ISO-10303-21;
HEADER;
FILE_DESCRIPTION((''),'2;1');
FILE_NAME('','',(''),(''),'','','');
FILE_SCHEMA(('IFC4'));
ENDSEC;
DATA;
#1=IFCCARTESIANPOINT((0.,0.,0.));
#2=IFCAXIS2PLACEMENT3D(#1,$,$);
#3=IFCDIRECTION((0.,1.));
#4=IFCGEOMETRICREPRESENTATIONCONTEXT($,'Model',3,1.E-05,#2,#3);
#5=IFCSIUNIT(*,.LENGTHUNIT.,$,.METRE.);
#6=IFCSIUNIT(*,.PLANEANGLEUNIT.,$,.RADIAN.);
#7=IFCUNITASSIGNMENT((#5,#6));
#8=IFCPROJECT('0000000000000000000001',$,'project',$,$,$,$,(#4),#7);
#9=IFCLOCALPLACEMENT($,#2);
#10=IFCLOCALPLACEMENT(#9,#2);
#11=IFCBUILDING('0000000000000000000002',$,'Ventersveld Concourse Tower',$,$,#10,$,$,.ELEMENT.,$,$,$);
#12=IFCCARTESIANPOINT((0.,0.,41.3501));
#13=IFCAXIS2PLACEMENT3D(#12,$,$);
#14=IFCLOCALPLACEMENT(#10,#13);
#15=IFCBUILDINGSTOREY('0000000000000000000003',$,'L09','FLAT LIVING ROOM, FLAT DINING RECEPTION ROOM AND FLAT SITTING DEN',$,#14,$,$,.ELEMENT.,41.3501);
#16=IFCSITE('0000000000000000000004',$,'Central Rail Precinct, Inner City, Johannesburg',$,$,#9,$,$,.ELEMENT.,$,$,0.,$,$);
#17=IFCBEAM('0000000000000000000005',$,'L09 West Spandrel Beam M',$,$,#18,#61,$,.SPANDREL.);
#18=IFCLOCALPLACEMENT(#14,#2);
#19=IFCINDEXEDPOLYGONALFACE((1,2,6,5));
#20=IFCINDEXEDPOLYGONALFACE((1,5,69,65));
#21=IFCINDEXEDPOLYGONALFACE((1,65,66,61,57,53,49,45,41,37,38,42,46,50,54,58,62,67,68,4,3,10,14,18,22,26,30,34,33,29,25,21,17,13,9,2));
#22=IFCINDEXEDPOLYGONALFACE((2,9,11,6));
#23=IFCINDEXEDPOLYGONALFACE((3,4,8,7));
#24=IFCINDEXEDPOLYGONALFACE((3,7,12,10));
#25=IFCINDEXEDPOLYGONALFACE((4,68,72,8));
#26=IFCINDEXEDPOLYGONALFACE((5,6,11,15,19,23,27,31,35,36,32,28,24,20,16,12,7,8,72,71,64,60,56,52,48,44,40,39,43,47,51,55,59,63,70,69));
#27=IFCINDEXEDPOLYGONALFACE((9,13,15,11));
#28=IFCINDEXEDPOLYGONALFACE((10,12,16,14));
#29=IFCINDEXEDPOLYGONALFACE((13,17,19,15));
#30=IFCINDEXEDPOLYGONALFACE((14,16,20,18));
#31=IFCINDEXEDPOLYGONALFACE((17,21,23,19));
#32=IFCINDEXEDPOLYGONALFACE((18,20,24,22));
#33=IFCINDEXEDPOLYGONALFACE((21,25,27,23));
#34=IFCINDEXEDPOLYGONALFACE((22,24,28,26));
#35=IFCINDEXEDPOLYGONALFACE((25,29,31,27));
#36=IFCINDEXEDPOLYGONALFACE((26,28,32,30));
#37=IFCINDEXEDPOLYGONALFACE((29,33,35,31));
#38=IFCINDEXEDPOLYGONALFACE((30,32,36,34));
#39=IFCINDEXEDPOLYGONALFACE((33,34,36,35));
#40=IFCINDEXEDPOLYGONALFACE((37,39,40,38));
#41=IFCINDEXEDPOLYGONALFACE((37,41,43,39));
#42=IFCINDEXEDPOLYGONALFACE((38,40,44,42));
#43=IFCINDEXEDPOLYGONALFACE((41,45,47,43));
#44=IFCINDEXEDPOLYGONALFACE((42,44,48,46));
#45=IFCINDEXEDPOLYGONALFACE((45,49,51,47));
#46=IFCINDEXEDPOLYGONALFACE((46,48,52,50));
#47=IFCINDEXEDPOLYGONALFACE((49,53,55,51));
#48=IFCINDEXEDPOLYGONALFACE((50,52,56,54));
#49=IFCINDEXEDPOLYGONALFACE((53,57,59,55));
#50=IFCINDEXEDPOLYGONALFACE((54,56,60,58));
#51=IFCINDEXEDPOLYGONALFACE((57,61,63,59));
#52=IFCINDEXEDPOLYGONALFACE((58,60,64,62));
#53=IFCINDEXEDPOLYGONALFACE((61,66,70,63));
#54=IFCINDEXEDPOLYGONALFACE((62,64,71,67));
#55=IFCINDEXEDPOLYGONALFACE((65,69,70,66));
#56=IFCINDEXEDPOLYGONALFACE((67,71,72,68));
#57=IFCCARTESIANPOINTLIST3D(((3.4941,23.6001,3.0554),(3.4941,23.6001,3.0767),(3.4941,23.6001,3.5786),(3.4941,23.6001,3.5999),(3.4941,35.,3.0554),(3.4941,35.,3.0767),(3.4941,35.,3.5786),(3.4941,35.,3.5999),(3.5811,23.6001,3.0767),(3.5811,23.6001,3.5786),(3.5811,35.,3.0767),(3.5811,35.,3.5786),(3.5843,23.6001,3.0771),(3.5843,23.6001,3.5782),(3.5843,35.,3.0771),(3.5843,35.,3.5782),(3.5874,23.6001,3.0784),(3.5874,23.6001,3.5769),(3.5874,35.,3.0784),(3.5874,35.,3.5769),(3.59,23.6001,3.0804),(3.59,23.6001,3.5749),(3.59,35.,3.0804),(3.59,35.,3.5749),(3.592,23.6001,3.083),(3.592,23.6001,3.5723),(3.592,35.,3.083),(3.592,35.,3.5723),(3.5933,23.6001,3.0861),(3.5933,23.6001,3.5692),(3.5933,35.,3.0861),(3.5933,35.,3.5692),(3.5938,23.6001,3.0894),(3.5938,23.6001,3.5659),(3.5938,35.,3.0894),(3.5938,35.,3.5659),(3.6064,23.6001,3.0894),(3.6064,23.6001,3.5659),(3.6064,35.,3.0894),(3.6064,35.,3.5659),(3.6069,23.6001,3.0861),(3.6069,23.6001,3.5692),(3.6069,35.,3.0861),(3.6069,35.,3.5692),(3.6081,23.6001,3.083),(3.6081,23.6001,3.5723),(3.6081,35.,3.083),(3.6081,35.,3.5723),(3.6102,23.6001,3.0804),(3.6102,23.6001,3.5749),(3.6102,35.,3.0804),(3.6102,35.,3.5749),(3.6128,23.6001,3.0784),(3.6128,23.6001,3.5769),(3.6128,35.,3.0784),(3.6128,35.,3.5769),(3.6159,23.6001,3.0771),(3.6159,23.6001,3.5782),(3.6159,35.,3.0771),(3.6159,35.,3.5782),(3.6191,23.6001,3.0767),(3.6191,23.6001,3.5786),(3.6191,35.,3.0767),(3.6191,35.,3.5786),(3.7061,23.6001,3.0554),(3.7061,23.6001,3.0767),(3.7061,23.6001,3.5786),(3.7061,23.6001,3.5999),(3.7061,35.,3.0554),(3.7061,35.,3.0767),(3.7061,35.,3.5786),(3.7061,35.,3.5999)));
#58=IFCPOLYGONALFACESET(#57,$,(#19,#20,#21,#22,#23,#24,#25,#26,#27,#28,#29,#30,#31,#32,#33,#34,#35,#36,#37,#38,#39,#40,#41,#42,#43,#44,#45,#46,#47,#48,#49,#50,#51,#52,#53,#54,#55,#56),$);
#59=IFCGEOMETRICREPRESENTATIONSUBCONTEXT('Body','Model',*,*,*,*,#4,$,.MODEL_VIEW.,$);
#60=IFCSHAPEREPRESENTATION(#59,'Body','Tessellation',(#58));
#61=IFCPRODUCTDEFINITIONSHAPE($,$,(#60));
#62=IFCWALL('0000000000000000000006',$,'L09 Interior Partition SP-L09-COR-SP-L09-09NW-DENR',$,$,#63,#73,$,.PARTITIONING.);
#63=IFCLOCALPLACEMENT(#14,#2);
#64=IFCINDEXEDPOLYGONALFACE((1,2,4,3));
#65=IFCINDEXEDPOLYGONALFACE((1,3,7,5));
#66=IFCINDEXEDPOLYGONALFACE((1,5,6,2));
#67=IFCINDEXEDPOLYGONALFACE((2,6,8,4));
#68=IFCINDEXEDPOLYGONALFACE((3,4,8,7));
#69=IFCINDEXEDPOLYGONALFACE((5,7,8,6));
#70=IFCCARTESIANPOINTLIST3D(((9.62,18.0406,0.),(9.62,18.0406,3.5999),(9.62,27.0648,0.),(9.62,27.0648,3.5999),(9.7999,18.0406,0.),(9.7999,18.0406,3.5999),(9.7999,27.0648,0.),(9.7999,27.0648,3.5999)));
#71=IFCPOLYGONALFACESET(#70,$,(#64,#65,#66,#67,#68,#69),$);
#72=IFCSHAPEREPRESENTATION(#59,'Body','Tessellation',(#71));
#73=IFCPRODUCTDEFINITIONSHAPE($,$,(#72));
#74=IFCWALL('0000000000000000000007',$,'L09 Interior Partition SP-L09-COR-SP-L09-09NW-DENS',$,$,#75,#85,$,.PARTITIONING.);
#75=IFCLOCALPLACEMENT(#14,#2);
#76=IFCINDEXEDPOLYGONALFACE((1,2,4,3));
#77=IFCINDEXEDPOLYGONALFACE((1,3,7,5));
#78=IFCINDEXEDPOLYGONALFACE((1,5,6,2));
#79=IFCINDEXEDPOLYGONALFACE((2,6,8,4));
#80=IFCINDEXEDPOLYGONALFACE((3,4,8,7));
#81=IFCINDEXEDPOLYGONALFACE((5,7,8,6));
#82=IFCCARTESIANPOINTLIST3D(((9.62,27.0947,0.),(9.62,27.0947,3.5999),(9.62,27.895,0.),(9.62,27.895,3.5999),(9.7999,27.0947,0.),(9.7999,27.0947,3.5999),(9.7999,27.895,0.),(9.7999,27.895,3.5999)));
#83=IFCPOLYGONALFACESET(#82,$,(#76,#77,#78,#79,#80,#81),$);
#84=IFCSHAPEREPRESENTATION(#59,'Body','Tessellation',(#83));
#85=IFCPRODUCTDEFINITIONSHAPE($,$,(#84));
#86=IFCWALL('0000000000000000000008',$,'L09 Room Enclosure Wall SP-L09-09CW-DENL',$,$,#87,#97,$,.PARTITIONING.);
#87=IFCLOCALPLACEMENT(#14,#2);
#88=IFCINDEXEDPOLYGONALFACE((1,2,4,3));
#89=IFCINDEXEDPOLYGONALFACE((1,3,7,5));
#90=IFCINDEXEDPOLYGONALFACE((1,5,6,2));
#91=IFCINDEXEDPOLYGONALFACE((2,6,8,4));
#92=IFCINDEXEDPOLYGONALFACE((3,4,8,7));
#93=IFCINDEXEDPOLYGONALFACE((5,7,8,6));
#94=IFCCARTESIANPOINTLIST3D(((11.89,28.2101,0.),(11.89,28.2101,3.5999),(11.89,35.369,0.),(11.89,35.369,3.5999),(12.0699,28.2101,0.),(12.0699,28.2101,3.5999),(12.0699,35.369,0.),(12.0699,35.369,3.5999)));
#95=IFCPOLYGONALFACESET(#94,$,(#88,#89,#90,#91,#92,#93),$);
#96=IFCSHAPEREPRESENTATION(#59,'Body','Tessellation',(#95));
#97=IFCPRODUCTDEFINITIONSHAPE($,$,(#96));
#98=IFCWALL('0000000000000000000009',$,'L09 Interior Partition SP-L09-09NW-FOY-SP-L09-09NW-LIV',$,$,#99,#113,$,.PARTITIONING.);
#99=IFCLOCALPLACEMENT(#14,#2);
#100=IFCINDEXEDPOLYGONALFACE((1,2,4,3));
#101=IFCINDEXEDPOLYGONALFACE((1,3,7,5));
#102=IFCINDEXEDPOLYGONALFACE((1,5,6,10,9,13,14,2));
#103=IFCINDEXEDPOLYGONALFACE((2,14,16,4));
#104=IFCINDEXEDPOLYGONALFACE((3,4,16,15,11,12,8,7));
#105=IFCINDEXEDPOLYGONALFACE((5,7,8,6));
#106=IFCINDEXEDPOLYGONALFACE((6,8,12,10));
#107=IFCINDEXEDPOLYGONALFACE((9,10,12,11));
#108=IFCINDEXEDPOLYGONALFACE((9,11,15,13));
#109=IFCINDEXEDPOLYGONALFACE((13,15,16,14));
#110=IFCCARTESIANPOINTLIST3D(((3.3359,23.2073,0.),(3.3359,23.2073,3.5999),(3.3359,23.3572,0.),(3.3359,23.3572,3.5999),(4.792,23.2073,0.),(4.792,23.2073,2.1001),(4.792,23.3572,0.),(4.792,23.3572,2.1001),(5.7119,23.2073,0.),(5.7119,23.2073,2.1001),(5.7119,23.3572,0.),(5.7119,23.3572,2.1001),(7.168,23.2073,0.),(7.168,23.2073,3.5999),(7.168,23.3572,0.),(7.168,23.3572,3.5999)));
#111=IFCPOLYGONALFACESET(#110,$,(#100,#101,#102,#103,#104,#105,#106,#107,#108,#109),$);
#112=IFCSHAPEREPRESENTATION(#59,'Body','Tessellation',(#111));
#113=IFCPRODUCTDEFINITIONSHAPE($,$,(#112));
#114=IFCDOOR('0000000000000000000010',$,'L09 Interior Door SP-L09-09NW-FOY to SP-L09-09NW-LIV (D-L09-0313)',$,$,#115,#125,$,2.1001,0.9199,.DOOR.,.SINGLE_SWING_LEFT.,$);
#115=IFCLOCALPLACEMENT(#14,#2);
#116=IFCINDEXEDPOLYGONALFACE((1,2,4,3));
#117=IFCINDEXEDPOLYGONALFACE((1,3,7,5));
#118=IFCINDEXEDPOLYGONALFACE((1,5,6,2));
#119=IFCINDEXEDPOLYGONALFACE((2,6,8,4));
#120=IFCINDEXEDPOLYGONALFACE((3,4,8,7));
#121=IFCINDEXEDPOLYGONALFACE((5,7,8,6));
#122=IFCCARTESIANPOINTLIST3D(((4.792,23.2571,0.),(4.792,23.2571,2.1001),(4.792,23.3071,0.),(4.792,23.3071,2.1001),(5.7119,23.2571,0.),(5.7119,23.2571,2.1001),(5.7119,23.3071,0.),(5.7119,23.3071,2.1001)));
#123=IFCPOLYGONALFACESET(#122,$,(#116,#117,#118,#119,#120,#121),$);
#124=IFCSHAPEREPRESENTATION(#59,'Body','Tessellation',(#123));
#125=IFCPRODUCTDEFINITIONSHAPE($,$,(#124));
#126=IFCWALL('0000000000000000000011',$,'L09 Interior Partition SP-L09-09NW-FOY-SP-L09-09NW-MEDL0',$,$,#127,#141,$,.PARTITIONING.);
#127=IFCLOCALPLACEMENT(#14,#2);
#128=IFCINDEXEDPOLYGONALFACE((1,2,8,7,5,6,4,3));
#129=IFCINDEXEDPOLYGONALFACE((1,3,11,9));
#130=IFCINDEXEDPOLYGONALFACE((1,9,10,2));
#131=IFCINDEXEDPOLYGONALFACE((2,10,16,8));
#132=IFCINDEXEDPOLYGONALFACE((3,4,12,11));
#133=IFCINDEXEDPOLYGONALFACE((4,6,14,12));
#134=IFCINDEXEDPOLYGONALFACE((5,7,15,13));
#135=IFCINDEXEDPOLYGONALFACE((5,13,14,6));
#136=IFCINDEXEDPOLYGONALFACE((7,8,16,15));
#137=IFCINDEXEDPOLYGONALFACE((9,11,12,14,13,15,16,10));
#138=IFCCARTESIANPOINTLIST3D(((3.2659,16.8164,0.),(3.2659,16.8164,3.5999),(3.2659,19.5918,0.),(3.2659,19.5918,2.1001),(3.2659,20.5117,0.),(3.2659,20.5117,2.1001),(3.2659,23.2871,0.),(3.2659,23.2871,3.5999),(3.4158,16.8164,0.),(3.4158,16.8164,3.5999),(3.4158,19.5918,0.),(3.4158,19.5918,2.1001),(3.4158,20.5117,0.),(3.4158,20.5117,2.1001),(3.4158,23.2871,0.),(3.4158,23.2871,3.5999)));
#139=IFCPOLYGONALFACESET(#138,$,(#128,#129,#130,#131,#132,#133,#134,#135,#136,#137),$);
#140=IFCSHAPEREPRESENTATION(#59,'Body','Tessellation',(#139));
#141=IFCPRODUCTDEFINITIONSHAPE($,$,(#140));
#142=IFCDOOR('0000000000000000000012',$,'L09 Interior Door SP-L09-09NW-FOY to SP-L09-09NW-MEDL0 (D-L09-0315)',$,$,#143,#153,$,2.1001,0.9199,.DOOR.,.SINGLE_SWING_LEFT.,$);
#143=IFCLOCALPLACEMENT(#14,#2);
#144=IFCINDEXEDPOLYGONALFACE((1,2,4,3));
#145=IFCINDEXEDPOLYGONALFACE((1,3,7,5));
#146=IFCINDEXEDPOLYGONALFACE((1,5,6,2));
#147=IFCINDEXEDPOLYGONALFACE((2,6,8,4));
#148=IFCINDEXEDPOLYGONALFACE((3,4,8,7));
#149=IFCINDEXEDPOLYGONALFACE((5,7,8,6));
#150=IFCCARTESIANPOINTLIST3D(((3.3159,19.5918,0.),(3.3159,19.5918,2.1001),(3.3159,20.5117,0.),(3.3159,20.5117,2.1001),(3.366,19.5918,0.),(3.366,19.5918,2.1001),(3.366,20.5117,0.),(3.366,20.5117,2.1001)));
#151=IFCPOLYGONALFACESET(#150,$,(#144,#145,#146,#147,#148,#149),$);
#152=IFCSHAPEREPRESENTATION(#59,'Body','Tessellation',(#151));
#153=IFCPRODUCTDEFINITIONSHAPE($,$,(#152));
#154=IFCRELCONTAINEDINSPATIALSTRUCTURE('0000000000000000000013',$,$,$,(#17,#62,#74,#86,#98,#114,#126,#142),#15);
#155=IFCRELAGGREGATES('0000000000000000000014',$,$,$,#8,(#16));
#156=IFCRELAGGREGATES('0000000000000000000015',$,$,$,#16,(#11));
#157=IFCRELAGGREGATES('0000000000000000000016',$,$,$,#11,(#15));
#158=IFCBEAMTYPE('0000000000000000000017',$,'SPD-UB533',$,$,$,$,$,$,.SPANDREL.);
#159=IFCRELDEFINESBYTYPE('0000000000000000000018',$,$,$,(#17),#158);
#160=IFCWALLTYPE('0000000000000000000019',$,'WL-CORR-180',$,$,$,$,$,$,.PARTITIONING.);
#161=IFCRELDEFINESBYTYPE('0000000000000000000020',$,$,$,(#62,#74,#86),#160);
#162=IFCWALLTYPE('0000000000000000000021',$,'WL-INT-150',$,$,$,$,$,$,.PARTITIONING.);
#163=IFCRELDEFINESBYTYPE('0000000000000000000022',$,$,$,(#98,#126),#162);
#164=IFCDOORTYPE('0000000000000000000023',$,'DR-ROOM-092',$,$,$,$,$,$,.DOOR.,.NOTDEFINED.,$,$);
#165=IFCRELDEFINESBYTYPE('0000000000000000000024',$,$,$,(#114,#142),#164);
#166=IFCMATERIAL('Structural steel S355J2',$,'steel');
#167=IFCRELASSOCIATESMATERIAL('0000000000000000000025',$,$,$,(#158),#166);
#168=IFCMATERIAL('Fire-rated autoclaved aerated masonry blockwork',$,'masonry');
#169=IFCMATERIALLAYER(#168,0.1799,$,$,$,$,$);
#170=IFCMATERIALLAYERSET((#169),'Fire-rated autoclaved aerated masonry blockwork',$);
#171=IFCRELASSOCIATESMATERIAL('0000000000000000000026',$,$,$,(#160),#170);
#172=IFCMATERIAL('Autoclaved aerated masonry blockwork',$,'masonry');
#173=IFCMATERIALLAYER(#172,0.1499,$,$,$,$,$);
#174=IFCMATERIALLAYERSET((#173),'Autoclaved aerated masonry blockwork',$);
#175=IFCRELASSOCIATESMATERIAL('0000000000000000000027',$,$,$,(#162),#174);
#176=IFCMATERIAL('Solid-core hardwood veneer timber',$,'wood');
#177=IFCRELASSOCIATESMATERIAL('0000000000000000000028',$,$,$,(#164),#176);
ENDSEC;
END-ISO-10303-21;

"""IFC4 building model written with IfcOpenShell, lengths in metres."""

from ifc_helpers import new_model, si_unit, direction, frame, frame_2d, origin, origin_2d, place, context, subcontext, project, spatial, rectangle, i_section, extrude, material, layer, layer_set, material_profile, profile_set, type_object, element, fill, save


model = new_model("IFC4")

# Units and contexts
model_context = context("Model", 3, precision=1e-05, world=origin(), true_north=direction((0.0, 1.0)))
body_context = subcontext(model_context, "Body", "Model", "MODEL_VIEW")
ifc_project = project(units=[si_unit("LENGTHUNIT", "METRE"), si_unit("PLANEANGLEUNIT", "RADIAN")], contexts=[model_context])

# Site, building, storey
site_placement = place(None, origin())
site = spatial("IfcSite", under=ifc_project, at=site_placement, Name="Central Rail Precinct, Inner City, Johannesburg", CompositionType="ELEMENT", RefElevation=0.0)
building_placement = place(site_placement, origin())
building = spatial("IfcBuilding", under=site, at=building_placement, Name="Ventersveld Concourse Tower", CompositionType="ELEMENT")
storey_placement = place(building_placement, frame((0.0, 0.0, 41.3501)))
storey = spatial("IfcBuildingStorey", under=building, at=storey_placement, Name="L09", Description="FLAT LIVING ROOM, FLAT DINING RECEPTION ROOM AND FLAT SITTING DEN", CompositionType="ELEMENT", Elevation=41.3501)

# Beam
ifc_material_1 = material(Name="Structural steel S355J2", Category="steel")
ifc_material_profile_1 = material_profile(ifc_material_1, i_section(OverallWidth=0.2119, OverallDepth=0.5444, WebThickness=0.0127, FlangeThickness=0.0212, FilletRadius=0.0127, at=origin_2d()), Name="UB 533x210x122")
ifc_profile_set_1 = profile_set([ifc_material_profile_1], Name="Structural steel S355J2")
beam_type_1 = type_object("IfcBeamType", Name="SPD-UB533", PredefinedType="SPANDREL", material=ifc_profile_set_1)
beam_1_placement = place(storey_placement, frame((3.6001, 23.6001, 3.3276), z_axis=(0.0, 1.0, 0.0), x_axis=(-1.0, 0.0, 0.0)))
element("IfcBeam", 1, at=beam_1_placement, inside=storey, type_object=beam_type_1, Name="L09 West Spandrel Beam M", PredefinedType="SPANDREL", context=body_context, shape_type="SweptSolid", body=[
    extrude(i_section(OverallWidth=0.2119, OverallDepth=0.5444, WebThickness=0.0127, FlangeThickness=0.0212, FilletRadius=0.0127, at=origin_2d()), origin(), (0.0, 0.0, 1.0), 11.3999),
])

# Walls
ifc_material_2 = material(Name="Fire-rated autoclaved aerated masonry blockwork", Category="masonry")
ifc_layer_1 = layer(ifc_material_2, 0.1799)
ifc_layer_set_1 = layer_set([ifc_layer_1], Name="Fire-rated autoclaved aerated masonry blockwork")
wall_type_1 = type_object("IfcWallType", Name="WL-CORR-180", PredefinedType="PARTITIONING", material=ifc_layer_set_1)
wall_1_placement = place(storey_placement, frame((9.71, 18.0405, 0.0), z_axis=(0.0, 0.0, 1.0), x_axis=(0.0, 1.0, 0.0)))
element("IfcWall", 2, at=wall_1_placement, inside=storey, type_object=wall_type_1, Name="L09 Interior Partition SP-L09-COR-SP-L09-09NW-DENR", PredefinedType="PARTITIONING", context=body_context, shape_type="SweptSolid", body=[
    extrude(rectangle(XDim=9.0242, YDim=0.1799, at=frame_2d((4.5122, 0.0))), origin(), (0.0, 0.0, 1.0), 3.5999),
])
wall_2_placement = place(storey_placement, frame((9.71, 27.0947, 0.0), z_axis=(0.0, 0.0, 1.0), x_axis=(0.0, 1.0, 0.0)))
element("IfcWall", 3, at=wall_2_placement, inside=storey, type_object=wall_type_1, Name="L09 Interior Partition SP-L09-COR-SP-L09-09NW-DENS", PredefinedType="PARTITIONING", context=body_context, shape_type="SweptSolid", body=[
    extrude(rectangle(XDim=0.8003, YDim=0.1799, at=frame_2d((0.4001, 0.0))), origin(), (0.0, 0.0, 1.0), 3.5999),
])
wall_3_placement = place(storey_placement, frame((11.98, 28.21, 0.0), z_axis=(0.0, 0.0, 1.0), x_axis=(0.0, 1.0, 0.0)))
element("IfcWall", 4, at=wall_3_placement, inside=storey, type_object=wall_type_1, Name="L09 Room Enclosure Wall SP-L09-09CW-DENL", PredefinedType="PARTITIONING", context=body_context, shape_type="SweptSolid", body=[
    extrude(rectangle(XDim=7.1589, YDim=0.1799, at=frame_2d((3.5796, 0.0))), origin(), (0.0, 0.0, 1.0), 3.5999),
])

# Walls, openings, doors
ifc_material_3 = material(Name="Autoclaved aerated masonry blockwork", Category="masonry")
ifc_layer_2 = layer(ifc_material_3, 0.1499)
ifc_layer_set_2 = layer_set([ifc_layer_2], Name="Autoclaved aerated masonry blockwork")
wall_type_2 = type_object("IfcWallType", Name="WL-INT-150", PredefinedType="PARTITIONING", material=ifc_layer_set_2)
wall_4_placement = place(storey_placement, frame((3.3359, 23.2822, 0.0), z_axis=(0.0, 0.0, 1.0), x_axis=(1.0, 0.0, 0.0)))
wall_4 = element("IfcWall", 5, at=wall_4_placement, inside=storey, type_object=wall_type_2, Name="L09 Interior Partition SP-L09-09NW-FOY-SP-L09-09NW-LIV", PredefinedType="PARTITIONING", context=body_context, shape_type="SweptSolid", body=[
    extrude(rectangle(XDim=3.832, YDim=0.1499, at=frame_2d((1.916, 0.0))), origin(), (0.0, 0.0, 1.0), 3.5999),
])
opening_1_placement = place(wall_4_placement, frame((1.4561, 0.0, 0.0)))
opening_1 = element("IfcOpeningElement", 6, at=opening_1_placement, cuts=wall_4, PredefinedType="OPENING", context=body_context, shape_type="SweptSolid", body=[
    extrude(rectangle(XDim=0.9199, YDim=2.1001, at=frame_2d((0.46, 1.05))), frame((0.0, 0.085, 0.0), z_axis=(0.0, -1.0, 0.0), x_axis=(1.0, 0.0, 0.0)), (0.0, 0.0, 1.0), 0.1699),
])
ifc_material_4 = material(Name="Solid-core hardwood veneer timber", Category="wood")
door_type = type_object("IfcDoorType", Name="DR-ROOM-092", OperationType="NOTDEFINED", PredefinedType="DOOR", material=ifc_material_4)
door_1_placement = place(opening_1_placement, origin())
door_1 = element("IfcDoor", 7, at=door_1_placement, inside=storey, type_object=door_type, Name="L09 Interior Door SP-L09-09NW-FOY to SP-L09-09NW-LIV (D-L09-0313)", OperationType="SINGLE_SWING_LEFT", OverallHeight=2.1001, OverallWidth=0.9199, PredefinedType="DOOR", context=body_context, shape_type="SweptSolid", body=[
    extrude(rectangle(XDim=0.9199, YDim=2.1001, at=frame_2d((0.46, 1.05))), frame((0.0, 0.0249, 0.0), z_axis=(0.0, -1.0, 0.0), x_axis=(1.0, 0.0, 0.0)), (0.0, 0.0, 1.0), 0.05),
])
fill(opening_1, door_1)
wall_5_placement = place(storey_placement, frame((3.3408, 16.8164, 0.0), z_axis=(0.0, 0.0, 1.0), x_axis=(0.0, 1.0, 0.0)))
wall_5 = element("IfcWall", 8, at=wall_5_placement, inside=storey, type_object=wall_type_2, Name="L09 Interior Partition SP-L09-09NW-FOY-SP-L09-09NW-MEDL0", PredefinedType="PARTITIONING", context=body_context, shape_type="SweptSolid", body=[
    extrude(rectangle(XDim=6.4707, YDim=0.1499, at=frame_2d((3.2354, 0.0))), origin(), (0.0, 0.0, 1.0), 3.5999),
])
opening_2_placement = place(wall_5_placement, frame((2.7754, 0.0, 0.0)))
opening_2 = element("IfcOpeningElement", 9, at=opening_2_placement, cuts=wall_5, PredefinedType="OPENING", context=body_context, shape_type="SweptSolid", body=[
    extrude(rectangle(XDim=0.9199, YDim=2.1001, at=frame_2d((0.46, 1.05))), frame((0.0, 0.085, 0.0), z_axis=(0.0, -1.0, 0.0), x_axis=(1.0, 0.0, 0.0)), (0.0, 0.0, 1.0), 0.1699),
])
door_2_placement = place(opening_2_placement, origin())
door_2 = element("IfcDoor", 10, at=door_2_placement, inside=storey, type_object=door_type, Name="L09 Interior Door SP-L09-09NW-FOY to SP-L09-09NW-MEDL0 (D-L09-0315)", OperationType="SINGLE_SWING_LEFT", OverallHeight=2.1001, OverallWidth=0.9199, PredefinedType="DOOR", context=body_context, shape_type="SweptSolid", body=[
    extrude(rectangle(XDim=0.9199, YDim=2.1001, at=frame_2d((0.46, 1.05))), frame((0.0, 0.0249, 0.0), z_axis=(0.0, -1.0, 0.0), x_axis=(1.0, 0.0, 0.0)), (0.0, 0.0, 1.0), 0.05),
])
fill(opening_2, door_2)

save(model, "model.ifc")
